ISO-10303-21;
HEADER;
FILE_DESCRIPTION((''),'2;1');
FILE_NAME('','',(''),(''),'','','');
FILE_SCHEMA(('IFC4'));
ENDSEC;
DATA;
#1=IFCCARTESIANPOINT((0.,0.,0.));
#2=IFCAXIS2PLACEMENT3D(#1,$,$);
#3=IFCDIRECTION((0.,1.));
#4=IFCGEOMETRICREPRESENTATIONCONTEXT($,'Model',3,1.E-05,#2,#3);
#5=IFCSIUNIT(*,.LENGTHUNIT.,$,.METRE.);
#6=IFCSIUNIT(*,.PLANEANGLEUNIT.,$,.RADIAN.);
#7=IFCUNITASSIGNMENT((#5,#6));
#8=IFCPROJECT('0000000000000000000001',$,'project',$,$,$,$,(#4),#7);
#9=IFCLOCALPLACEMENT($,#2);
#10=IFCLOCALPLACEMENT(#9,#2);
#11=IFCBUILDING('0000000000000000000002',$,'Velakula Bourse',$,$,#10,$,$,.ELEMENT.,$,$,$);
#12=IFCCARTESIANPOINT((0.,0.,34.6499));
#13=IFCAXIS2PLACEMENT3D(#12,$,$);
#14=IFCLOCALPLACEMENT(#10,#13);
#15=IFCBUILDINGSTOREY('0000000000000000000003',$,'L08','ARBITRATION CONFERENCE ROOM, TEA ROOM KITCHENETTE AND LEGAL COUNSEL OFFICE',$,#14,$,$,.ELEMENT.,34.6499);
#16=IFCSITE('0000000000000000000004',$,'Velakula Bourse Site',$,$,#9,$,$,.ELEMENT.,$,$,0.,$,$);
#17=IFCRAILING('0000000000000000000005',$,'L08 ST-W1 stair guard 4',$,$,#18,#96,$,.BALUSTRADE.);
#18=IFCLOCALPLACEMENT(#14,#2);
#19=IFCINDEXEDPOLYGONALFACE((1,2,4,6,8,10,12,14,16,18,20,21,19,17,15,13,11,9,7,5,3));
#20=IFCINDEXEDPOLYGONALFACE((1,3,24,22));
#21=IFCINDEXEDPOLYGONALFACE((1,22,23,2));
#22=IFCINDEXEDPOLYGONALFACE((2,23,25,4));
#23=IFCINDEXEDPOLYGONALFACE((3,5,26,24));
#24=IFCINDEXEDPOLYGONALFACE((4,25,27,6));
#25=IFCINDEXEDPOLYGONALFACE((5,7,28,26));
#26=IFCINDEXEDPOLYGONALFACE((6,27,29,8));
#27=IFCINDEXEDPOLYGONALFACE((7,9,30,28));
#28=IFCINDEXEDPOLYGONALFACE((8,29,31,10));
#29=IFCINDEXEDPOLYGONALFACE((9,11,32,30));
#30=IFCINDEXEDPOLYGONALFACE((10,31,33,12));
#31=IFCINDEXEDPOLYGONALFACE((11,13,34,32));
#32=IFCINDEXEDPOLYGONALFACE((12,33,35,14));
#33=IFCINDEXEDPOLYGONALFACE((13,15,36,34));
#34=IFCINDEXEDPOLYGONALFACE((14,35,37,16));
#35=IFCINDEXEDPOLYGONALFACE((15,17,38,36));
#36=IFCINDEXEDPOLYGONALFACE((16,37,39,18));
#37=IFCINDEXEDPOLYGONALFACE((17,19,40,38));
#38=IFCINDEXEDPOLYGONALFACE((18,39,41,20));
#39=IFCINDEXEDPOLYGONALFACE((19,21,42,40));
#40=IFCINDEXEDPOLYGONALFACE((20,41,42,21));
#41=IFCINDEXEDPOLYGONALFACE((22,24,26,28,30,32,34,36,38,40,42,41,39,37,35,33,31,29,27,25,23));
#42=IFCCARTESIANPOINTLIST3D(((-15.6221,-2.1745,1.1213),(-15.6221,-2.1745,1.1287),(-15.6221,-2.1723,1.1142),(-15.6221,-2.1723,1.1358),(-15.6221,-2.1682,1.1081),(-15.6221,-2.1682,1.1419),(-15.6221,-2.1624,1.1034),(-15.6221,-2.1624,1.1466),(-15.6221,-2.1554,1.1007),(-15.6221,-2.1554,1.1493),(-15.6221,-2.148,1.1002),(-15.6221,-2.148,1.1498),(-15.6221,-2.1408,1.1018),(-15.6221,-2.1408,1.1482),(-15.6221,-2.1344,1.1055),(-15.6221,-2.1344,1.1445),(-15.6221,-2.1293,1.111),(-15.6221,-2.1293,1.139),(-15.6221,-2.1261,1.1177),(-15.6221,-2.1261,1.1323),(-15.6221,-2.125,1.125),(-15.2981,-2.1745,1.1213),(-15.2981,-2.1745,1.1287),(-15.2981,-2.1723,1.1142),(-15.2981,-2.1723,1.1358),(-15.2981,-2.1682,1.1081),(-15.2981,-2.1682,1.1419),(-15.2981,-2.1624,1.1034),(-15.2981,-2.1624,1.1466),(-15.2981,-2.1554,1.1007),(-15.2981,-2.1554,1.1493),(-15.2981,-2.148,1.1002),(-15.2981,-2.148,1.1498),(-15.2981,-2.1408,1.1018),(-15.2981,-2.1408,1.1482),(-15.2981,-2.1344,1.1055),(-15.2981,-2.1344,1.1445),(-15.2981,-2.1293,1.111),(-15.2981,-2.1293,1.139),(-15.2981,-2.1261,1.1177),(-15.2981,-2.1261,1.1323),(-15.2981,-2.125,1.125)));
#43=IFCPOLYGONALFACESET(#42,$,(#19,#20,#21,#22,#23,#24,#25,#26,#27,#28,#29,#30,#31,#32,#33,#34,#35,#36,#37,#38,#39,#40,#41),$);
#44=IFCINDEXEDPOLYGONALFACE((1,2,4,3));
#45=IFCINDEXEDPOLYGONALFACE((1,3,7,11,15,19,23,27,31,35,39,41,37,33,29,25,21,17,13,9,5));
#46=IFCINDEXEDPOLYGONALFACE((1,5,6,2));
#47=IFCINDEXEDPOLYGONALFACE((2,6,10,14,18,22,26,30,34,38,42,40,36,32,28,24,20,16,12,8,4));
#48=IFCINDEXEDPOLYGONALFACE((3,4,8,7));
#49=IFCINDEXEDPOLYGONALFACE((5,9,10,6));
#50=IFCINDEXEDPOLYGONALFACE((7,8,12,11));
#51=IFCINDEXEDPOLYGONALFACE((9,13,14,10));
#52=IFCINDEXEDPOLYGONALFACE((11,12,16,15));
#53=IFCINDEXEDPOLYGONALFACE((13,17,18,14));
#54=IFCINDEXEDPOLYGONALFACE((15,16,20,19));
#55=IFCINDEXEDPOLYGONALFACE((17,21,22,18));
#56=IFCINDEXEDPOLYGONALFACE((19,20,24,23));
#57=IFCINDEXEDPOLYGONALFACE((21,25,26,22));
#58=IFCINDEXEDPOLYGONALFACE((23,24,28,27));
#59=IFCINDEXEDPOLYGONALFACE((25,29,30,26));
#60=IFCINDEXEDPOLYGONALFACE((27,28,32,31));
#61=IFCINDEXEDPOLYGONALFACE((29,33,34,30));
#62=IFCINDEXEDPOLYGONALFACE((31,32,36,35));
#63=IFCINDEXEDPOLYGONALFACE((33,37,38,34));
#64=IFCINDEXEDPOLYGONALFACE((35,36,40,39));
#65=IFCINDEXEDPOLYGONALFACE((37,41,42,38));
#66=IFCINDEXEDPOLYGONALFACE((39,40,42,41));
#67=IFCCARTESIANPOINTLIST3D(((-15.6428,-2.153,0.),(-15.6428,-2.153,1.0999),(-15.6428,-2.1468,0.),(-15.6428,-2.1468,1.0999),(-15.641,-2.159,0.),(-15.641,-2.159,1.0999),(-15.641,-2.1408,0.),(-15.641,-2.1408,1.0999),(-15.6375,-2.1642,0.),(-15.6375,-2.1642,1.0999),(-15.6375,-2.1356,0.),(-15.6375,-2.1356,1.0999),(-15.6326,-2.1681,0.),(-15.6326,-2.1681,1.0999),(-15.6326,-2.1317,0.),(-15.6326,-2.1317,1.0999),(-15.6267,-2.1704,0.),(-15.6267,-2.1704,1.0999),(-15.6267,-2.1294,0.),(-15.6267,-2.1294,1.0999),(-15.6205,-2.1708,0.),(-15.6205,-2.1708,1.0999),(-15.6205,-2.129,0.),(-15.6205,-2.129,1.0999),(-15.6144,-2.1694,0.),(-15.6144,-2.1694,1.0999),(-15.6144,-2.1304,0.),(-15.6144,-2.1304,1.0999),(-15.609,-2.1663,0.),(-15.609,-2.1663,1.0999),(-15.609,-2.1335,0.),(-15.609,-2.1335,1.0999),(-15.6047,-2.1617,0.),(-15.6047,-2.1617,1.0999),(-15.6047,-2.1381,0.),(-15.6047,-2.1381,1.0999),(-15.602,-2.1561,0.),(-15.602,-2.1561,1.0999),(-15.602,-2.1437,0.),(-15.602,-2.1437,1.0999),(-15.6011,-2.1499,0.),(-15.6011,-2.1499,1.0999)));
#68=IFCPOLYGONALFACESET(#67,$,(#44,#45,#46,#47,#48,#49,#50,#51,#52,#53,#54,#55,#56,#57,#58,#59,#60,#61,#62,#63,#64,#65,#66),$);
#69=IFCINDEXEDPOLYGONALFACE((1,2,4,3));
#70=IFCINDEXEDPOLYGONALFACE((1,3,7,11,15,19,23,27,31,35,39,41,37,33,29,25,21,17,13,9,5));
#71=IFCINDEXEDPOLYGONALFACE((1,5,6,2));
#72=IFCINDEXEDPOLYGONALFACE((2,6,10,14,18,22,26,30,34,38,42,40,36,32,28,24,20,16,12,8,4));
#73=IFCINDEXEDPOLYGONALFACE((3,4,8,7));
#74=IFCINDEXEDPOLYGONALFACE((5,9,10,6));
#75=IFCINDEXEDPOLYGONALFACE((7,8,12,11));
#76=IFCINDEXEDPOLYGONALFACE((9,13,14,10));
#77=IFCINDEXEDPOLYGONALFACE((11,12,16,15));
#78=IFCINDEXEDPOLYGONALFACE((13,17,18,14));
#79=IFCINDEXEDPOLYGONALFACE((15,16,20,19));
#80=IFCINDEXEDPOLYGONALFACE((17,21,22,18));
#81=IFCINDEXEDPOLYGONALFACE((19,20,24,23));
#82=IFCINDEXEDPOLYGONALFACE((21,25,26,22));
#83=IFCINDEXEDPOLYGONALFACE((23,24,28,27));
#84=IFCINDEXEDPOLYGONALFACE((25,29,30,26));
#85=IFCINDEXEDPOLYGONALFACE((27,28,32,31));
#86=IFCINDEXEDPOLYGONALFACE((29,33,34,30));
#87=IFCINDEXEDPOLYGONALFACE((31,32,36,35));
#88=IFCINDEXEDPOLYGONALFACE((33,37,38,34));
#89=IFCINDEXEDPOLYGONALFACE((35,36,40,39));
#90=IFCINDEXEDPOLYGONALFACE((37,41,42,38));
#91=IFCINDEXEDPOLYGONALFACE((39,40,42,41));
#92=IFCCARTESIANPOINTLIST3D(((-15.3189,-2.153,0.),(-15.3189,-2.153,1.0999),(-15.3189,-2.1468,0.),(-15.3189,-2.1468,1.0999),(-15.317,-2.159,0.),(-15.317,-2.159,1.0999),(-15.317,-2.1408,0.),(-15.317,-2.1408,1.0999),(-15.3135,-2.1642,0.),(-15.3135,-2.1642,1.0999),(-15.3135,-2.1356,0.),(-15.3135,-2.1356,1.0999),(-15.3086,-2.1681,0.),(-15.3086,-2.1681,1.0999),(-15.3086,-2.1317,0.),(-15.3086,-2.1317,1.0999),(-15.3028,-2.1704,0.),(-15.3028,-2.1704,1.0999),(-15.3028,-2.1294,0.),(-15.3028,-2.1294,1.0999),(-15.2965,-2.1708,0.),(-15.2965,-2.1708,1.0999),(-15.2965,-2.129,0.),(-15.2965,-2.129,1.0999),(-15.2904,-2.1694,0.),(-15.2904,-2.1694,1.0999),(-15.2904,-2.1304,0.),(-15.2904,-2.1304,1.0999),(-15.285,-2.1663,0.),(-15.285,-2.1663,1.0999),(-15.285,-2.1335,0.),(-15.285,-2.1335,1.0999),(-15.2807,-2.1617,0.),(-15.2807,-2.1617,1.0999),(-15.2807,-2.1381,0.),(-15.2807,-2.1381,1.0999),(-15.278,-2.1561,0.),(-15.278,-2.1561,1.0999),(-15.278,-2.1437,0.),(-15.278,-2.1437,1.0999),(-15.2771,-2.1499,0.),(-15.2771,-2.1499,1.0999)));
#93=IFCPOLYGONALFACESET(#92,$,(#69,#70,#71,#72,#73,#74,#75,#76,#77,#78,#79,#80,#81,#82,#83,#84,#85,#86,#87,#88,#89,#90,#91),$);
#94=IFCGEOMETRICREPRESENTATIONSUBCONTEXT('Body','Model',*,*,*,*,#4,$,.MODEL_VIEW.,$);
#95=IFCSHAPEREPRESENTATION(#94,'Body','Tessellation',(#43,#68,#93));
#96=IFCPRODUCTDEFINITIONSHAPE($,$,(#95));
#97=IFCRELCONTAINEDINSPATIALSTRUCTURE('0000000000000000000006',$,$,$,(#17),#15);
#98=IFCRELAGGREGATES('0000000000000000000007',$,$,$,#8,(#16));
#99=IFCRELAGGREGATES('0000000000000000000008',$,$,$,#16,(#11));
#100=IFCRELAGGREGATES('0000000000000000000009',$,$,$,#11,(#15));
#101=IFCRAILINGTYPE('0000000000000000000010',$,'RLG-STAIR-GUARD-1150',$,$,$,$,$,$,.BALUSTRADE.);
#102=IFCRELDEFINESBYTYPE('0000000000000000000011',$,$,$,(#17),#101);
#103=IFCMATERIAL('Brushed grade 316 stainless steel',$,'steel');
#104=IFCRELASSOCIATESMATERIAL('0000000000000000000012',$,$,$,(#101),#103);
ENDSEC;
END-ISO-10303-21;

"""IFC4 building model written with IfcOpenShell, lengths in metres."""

from ifc_helpers import new_model, si_unit, direction, frame, origin, origin_2d, place, context, subcontext, project, spatial, circle, extrude, material, type_object, element, save


model = new_model("IFC4")

# Units and contexts
model_context = context("Model", 3, precision=1e-05, world=origin(), true_north=direction((0.0, 1.0)))
body_context = subcontext(model_context, "Body", "Model", "MODEL_VIEW")
ifc_project = project(units=[si_unit("LENGTHUNIT", "METRE"), si_unit("PLANEANGLEUNIT", "RADIAN")], contexts=[model_context])

# Site, building, storey
site_placement = place(None, origin())
site = spatial("IfcSite", under=ifc_project, at=site_placement, Name="Velakula Bourse Site", CompositionType="ELEMENT", RefElevation=0.0)
building_placement = place(site_placement, origin())
building = spatial("IfcBuilding", under=site, at=building_placement, Name="Velakula Bourse", CompositionType="ELEMENT")
storey_placement = place(building_placement, frame((0.0, 0.0, 34.6499)))
storey = spatial("IfcBuildingStorey", under=building, at=storey_placement, Name="L08", Description="ARBITRATION CONFERENCE ROOM, TEA ROOM KITCHENETTE AND LEGAL COUNSEL OFFICE", CompositionType="ELEMENT", Elevation=34.6499)

# Shared definitions
ifc_material_1 = material(Name="Brushed grade 316 stainless steel", Category="steel")

# Railing
railing_type_1 = type_object("IfcRailingType", Name="RLG-STAIR-GUARD-1150", PredefinedType="BALUSTRADE", material=ifc_material_1)
railing_1_placement = place(storey_placement, frame((-15.6221, -2.1499, 0.0)))
element("IfcRailing", 1, at=railing_1_placement, inside=storey, type_object=railing_type_1, Name="L08 ST-W1 stair guard 4", PredefinedType="BALUSTRADE", context=body_context, shape_type="SweptSolid", body=[
    extrude(circle(Radius=0.0249, at=origin_2d()), frame((0.0, 0.0, 1.125), z_axis=(1.0, 0.0, 0.0), x_axis=(0.0, 1.0, 0.0)), (0.0, 0.0, 1.0), 0.324),
    extrude(circle(Radius=0.021, at=origin_2d()), origin(), (0.0, 0.0, 1.0), 1.0999),
    extrude(circle(Radius=0.021, at=origin_2d()), frame((0.324, 0.0, 0.0)), (0.0, 0.0, 1.0), 1.0999),
])

save(model, "model.ifc")
